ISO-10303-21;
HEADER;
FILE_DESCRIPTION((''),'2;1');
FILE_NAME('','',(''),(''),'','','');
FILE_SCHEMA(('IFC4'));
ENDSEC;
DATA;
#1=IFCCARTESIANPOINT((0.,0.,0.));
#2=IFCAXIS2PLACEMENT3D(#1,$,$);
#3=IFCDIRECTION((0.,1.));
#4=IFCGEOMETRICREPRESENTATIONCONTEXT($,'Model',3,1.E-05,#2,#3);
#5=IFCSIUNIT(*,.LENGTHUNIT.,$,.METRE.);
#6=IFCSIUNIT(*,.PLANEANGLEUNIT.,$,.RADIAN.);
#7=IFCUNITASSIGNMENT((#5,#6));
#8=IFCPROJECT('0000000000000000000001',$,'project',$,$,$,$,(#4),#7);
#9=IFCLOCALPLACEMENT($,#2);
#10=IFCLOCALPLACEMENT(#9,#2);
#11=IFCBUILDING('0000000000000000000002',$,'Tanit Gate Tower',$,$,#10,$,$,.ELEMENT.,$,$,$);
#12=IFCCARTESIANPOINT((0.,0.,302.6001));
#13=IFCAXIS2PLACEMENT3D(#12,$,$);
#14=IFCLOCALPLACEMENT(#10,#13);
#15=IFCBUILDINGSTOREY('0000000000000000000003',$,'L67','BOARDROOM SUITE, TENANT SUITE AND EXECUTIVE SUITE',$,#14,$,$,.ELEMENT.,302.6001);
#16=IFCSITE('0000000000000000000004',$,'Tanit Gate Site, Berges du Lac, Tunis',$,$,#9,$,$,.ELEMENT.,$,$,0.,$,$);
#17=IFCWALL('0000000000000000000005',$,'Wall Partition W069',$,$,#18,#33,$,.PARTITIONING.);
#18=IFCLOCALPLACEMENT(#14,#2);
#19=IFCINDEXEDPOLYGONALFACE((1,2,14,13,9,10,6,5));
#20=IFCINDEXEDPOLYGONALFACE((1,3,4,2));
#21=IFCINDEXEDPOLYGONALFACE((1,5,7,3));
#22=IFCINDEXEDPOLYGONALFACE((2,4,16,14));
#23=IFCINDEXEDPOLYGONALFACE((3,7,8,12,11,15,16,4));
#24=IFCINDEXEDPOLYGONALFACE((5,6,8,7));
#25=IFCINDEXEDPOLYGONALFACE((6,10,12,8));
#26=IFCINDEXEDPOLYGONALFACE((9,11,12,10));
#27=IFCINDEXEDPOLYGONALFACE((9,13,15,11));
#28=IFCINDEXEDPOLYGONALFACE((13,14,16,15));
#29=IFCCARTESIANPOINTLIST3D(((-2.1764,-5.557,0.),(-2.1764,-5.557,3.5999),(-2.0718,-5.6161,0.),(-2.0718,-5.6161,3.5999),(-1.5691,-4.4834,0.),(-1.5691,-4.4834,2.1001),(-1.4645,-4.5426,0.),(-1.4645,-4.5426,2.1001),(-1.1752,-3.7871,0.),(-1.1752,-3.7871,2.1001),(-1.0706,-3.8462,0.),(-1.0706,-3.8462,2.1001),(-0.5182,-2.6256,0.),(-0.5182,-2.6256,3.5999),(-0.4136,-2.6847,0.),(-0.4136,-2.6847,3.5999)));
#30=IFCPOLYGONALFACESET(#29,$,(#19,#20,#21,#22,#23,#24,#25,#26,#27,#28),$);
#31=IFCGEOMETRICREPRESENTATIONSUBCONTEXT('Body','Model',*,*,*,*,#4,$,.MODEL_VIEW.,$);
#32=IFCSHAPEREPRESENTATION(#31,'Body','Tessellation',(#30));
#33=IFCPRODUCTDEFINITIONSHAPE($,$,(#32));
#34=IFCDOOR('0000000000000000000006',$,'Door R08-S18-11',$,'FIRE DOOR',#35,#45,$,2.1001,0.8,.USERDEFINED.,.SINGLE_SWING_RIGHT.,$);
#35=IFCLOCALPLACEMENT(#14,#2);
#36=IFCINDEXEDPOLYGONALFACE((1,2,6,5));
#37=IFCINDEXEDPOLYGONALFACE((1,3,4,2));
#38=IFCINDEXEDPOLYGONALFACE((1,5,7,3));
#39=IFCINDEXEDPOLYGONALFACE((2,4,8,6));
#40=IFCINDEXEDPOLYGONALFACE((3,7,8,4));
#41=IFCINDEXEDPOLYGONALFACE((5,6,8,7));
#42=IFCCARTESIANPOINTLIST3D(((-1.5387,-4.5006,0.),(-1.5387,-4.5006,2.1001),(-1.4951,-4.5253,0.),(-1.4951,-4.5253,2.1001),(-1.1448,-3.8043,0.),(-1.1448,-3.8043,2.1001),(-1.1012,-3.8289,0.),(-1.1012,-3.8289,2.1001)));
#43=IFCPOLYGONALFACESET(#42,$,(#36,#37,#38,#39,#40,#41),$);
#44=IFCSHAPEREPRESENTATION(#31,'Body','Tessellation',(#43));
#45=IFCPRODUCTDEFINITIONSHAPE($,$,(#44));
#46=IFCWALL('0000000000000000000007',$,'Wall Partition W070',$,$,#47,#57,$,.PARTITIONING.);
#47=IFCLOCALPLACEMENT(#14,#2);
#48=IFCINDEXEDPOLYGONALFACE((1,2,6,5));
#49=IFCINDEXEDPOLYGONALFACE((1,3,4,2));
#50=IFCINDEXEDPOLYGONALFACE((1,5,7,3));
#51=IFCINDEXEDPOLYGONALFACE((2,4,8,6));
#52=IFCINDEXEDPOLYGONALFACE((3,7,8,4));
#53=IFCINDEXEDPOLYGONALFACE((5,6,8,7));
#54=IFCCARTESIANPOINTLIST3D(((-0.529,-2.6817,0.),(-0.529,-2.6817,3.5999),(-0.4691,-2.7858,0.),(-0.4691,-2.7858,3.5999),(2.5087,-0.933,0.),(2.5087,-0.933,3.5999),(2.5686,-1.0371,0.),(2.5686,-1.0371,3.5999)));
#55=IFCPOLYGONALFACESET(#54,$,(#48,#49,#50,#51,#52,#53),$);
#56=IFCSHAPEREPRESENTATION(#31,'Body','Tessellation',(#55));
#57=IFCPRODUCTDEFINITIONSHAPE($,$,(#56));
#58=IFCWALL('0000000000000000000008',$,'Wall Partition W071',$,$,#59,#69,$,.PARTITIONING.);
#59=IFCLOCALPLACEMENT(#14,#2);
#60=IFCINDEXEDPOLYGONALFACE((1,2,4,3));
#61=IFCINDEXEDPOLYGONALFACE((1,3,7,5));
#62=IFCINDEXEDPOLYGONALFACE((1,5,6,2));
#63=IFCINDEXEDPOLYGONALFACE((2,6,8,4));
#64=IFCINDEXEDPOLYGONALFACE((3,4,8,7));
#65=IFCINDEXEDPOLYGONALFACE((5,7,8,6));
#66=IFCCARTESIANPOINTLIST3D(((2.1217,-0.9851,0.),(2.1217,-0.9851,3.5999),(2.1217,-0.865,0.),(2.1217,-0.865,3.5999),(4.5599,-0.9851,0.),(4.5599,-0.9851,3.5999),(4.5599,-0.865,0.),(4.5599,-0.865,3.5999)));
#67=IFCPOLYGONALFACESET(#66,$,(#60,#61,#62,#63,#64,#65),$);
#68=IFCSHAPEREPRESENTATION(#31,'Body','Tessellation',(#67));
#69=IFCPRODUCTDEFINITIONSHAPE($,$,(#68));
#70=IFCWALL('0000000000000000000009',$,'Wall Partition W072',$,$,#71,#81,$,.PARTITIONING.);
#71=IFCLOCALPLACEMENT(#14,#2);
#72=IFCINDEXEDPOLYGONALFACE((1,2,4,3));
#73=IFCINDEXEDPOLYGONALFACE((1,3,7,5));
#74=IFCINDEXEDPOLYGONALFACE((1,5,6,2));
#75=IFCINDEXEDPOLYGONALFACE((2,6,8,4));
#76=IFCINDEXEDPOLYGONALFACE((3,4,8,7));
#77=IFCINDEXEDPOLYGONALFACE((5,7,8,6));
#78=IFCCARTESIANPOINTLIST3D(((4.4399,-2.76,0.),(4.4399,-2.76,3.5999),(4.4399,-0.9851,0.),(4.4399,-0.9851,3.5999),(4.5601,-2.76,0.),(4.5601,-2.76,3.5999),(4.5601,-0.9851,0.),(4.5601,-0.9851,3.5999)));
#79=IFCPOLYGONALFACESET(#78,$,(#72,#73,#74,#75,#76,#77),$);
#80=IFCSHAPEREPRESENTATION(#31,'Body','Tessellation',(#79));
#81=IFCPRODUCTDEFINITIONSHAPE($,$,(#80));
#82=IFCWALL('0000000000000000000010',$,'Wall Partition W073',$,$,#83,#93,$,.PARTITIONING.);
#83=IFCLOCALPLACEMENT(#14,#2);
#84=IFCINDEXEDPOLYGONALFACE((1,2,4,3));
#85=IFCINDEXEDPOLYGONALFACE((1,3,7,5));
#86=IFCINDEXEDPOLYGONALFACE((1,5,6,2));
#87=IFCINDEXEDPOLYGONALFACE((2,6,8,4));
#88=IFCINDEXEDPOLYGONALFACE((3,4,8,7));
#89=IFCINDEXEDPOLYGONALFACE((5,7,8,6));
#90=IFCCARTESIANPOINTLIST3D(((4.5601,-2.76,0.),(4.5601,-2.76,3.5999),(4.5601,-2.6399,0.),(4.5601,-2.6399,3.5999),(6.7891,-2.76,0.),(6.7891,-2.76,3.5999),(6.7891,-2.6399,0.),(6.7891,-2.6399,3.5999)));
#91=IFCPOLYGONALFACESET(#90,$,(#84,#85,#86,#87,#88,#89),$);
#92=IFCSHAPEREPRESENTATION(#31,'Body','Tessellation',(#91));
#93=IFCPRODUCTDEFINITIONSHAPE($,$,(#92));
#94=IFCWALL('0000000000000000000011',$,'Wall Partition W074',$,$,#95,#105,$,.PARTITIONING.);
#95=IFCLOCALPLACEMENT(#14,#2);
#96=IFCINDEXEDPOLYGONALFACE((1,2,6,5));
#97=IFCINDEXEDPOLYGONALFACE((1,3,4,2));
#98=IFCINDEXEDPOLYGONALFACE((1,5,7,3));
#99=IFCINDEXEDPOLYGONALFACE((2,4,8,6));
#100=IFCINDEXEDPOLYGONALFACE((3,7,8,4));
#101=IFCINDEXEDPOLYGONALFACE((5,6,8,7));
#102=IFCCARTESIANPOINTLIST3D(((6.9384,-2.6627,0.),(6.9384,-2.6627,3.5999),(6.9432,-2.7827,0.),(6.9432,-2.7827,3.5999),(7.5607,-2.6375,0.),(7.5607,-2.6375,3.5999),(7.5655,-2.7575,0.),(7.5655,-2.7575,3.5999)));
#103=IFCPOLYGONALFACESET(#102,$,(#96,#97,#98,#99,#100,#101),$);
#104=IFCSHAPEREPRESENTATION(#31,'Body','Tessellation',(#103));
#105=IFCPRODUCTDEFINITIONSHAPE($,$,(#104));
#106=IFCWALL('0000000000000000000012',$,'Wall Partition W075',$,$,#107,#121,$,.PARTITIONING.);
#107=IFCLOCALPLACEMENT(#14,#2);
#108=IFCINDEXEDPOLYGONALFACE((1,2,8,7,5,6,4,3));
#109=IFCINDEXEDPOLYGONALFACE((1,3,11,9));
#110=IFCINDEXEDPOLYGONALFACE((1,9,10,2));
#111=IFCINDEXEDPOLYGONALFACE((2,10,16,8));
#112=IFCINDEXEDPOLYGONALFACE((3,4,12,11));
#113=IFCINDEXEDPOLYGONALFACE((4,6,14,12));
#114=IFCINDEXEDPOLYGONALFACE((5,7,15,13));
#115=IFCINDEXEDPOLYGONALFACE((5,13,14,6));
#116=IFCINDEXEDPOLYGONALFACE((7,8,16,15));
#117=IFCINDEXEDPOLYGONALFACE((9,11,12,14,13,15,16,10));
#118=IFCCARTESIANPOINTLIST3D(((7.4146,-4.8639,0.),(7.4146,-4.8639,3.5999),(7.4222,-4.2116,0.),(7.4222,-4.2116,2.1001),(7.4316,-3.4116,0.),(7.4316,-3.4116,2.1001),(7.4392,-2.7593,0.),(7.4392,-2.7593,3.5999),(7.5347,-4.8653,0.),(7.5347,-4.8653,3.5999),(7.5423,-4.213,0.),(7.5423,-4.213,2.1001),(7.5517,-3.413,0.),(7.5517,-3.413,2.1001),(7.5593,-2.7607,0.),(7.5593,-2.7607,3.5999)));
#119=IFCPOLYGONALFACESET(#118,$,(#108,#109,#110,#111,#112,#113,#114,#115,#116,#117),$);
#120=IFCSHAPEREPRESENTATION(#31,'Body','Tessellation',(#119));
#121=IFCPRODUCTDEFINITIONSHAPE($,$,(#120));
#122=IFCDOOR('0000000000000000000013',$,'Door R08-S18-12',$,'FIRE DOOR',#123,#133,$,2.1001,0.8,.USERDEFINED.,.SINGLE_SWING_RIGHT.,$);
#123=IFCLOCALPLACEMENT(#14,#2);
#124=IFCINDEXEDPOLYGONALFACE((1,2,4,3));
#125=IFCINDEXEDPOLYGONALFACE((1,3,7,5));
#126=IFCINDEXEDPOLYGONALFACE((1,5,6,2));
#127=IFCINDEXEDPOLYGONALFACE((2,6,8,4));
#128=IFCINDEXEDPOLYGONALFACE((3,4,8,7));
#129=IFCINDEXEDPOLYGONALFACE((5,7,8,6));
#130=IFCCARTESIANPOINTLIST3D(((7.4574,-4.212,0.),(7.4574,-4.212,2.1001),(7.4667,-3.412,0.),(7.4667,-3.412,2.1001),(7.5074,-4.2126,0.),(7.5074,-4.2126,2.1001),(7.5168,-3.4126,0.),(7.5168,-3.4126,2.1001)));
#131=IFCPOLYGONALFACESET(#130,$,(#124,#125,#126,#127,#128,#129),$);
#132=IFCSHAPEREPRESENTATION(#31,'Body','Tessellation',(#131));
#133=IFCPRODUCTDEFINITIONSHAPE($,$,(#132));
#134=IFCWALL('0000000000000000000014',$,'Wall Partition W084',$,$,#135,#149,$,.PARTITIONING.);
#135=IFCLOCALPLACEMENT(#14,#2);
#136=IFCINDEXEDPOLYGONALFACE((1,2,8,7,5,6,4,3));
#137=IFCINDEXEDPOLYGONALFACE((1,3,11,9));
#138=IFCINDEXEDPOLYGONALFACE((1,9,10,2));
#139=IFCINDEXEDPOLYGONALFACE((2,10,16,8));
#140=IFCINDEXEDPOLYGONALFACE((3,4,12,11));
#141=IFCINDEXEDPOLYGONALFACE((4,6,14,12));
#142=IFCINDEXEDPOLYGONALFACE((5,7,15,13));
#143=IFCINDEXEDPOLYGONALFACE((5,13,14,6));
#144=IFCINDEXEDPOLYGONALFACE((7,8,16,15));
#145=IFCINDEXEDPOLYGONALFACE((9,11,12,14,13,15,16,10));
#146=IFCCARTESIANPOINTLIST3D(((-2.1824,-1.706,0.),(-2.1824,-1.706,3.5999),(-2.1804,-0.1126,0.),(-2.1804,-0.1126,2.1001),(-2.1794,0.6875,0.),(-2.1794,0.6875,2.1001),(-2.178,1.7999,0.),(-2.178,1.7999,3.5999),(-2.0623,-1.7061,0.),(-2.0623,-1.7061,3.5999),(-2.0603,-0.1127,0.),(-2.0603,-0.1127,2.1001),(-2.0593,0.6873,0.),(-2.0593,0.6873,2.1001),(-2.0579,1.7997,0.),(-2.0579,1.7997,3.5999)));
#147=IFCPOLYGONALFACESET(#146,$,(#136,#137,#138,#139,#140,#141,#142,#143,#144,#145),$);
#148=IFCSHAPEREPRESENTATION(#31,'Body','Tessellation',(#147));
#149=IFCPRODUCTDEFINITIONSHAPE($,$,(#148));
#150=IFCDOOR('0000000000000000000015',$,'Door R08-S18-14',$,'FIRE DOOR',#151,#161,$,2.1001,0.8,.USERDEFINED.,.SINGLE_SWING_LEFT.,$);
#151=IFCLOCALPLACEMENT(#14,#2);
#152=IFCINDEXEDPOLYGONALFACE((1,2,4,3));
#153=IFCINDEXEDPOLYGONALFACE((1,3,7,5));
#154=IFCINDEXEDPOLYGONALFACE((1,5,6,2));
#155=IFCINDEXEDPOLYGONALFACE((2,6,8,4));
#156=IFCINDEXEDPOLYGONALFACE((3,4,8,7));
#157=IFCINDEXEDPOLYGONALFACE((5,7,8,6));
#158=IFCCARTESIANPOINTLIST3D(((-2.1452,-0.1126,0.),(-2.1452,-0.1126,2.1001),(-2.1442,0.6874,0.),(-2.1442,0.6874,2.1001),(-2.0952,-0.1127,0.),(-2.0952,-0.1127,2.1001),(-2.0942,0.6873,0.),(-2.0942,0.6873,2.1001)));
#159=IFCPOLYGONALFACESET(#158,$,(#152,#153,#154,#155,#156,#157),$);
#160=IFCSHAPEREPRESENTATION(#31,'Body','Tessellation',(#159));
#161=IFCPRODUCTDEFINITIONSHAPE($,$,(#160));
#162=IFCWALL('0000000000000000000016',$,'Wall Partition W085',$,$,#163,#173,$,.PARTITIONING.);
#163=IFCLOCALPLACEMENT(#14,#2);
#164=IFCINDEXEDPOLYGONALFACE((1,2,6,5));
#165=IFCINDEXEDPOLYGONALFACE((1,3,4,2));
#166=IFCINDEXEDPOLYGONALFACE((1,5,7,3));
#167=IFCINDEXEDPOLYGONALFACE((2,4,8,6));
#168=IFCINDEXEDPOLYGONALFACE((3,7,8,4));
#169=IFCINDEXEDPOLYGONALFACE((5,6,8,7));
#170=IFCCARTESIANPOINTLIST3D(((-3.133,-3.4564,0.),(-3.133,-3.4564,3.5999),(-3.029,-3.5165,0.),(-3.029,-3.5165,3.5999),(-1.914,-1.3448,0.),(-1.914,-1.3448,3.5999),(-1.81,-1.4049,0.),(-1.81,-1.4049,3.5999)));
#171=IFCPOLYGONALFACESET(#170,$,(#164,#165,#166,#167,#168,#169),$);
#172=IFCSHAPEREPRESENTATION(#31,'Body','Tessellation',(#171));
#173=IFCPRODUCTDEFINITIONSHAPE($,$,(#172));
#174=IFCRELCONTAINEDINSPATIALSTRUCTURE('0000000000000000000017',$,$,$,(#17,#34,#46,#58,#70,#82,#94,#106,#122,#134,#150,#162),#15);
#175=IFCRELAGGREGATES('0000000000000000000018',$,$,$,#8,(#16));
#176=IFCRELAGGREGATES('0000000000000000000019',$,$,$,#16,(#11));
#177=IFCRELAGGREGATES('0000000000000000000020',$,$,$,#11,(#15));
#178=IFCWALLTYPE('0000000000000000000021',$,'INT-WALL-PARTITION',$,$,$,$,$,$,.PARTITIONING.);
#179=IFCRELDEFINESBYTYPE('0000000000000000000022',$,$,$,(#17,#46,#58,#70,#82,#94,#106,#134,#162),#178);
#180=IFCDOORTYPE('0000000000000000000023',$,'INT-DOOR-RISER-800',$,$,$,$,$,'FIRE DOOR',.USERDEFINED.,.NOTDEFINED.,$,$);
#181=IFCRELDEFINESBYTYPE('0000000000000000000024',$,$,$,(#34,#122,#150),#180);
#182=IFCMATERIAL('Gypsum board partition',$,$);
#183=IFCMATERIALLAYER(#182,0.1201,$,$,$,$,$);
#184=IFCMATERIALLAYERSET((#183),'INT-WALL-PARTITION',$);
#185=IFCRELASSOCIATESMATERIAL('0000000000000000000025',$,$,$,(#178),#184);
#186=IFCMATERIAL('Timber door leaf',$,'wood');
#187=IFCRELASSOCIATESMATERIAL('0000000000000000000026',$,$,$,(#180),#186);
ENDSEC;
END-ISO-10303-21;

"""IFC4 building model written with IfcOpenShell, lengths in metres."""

from ifc_helpers import new_model, si_unit, direction, frame, frame_2d, origin, place, context, subcontext, project, spatial, rectangle, extrude, material, layer, layer_set, type_object, element, fill, save


model = new_model("IFC4")

# Units and contexts
model_context = context("Model", 3, precision=1e-05, world=origin(), true_north=direction((0.0, 1.0)))
body_context = subcontext(model_context, "Body", "Model", "MODEL_VIEW")
ifc_project = project(units=[si_unit("LENGTHUNIT", "METRE"), si_unit("PLANEANGLEUNIT", "RADIAN")], contexts=[model_context])

# Site, building, storey
site_placement = place(None, origin())
site = spatial("IfcSite", under=ifc_project, at=site_placement, Name="Tanit Gate Site, Berges du Lac, Tunis", CompositionType="ELEMENT", RefElevation=0.0)
building_placement = place(site_placement, origin())
building = spatial("IfcBuilding", under=site, at=building_placement, Name="Tanit Gate Tower", CompositionType="ELEMENT")
storey_placement = place(building_placement, frame((0.0, 0.0, 302.6001)))
storey = spatial("IfcBuildingStorey", under=building, at=storey_placement, Name="L67", Description="BOARDROOM SUITE, TENANT SUITE AND EXECUTIVE SUITE", CompositionType="ELEMENT", Elevation=302.6001)

# Shared definitions
ifc_material_1 = material(Name="Gypsum board partition")
ifc_layer_1 = layer(ifc_material_1, 0.1201)
ifc_layer_set_1 = layer_set([ifc_layer_1], Name="INT-WALL-PARTITION")
wall_type_1 = type_object("IfcWallType", Name="INT-WALL-PARTITION", PredefinedType="PARTITIONING", material=ifc_layer_set_1)

# Wall, opening, door
wall_1_placement = place(storey_placement, frame((-0.4658, -2.655, 0.0), z_axis=(0.0, 0.0, 1.0), x_axis=(-0.492356, -0.870394, 0.0)))
wall_1 = element("IfcWall", 1, at=wall_1_placement, inside=storey, type_object=wall_type_1, Name="Wall Partition W069", PredefinedType="PARTITIONING", context=body_context, shape_type="SweptSolid", body=[
    extrude(rectangle(XDim=3.3679, YDim=0.1201, at=frame_2d((1.6841, 0.0))), origin(), (0.0, 0.0, 1.0), 3.5999),
])
opening_1_placement = place(wall_1_placement, frame((1.3347, 0.0, 0.0)))
opening_1 = element("IfcOpeningElement", 2, at=opening_1_placement, cuts=wall_1, PredefinedType="OPENING", context=body_context, shape_type="SweptSolid", body=[
    extrude(rectangle(XDim=0.8, YDim=2.1001, at=frame_2d((0.3999, 1.05))), frame((0.0, 0.0701, 0.0), z_axis=(0.0, -1.0, 0.0), x_axis=(1.0, 0.0, 0.0)), (0.0, 0.0, 1.0), 0.1401),
])
ifc_material_2 = material(Name="Timber door leaf", Category="wood")
door_type = type_object("IfcDoorType", Name="INT-DOOR-RISER-800", ElementType="FIRE DOOR", OperationType="NOTDEFINED", PredefinedType="USERDEFINED", material=ifc_material_2)
door_1_placement = place(opening_1_placement, origin())
door_1 = element("IfcDoor", 3, at=door_1_placement, inside=storey, type_object=door_type, Name="Door R08-S18-11", ObjectType="FIRE DOOR", OperationType="SINGLE_SWING_RIGHT", OverallHeight=2.1001, OverallWidth=0.8, PredefinedType="USERDEFINED", context=body_context, shape_type="SweptSolid", body=[
    extrude(rectangle(XDim=0.8, YDim=2.1001, at=frame_2d((0.3999, 1.05))), frame((0.0, 0.0249, 0.0), z_axis=(0.0, -1.0, 0.0), x_axis=(1.0, 0.0, 0.0)), (0.0, 0.0, 1.0), 0.05),
])
fill(opening_1, door_1)

# Walls
wall_2_placement = place(storey_placement, frame((2.5386, -0.9851, 0.0), z_axis=(0.0, 0.0, 1.0), x_axis=(-0.866657, -0.498904, 0.0)))
element("IfcWall", 4, at=wall_2_placement, inside=storey, type_object=wall_type_1, Name="Wall Partition W070", PredefinedType="PARTITIONING", context=body_context, shape_type="SweptSolid", body=[
    extrude(rectangle(XDim=3.5051, YDim=0.1201, at=frame_2d((1.7524, 0.0))), origin(), (0.0, 0.0, 1.0), 3.5999),
])
wall_3_placement = place(storey_placement, frame((4.5601, -0.925, 0.0), z_axis=(0.0, 0.0, 1.0), x_axis=(-1.0, 0.0, 0.0)))
element("IfcWall", 5, at=wall_3_placement, inside=storey, type_object=wall_type_1, Name="Wall Partition W071", PredefinedType="PARTITIONING", context=body_context, shape_type="SweptSolid", body=[
    extrude(rectangle(XDim=2.4382, YDim=0.1201, at=frame_2d((1.2192, 0.0))), origin(), (0.0, 0.0, 1.0), 3.5999),
])
wall_4_placement = place(storey_placement, frame((4.5, -2.76, 0.0), z_axis=(0.0, 0.0, 1.0), x_axis=(0.0, 1.0, 0.0)))
element("IfcWall", 6, at=wall_4_placement, inside=storey, type_object=wall_type_1, Name="Wall Partition W072", PredefinedType="PARTITIONING", context=body_context, shape_type="SweptSolid", body=[
    extrude(rectangle(XDim=1.7749, YDim=0.1201, at=frame_2d((0.8875, 0.0))), origin(), (0.0, 0.0, 1.0), 3.5999),
])
wall_5_placement = place(storey_placement, frame((6.7891, -2.7, 0.0), z_axis=(0.0, 0.0, 1.0), x_axis=(-1.0, 0.0, 0.0)))
element("IfcWall", 7, at=wall_5_placement, inside=storey, type_object=wall_type_1, Name="Wall Partition W073", PredefinedType="PARTITIONING", context=body_context, shape_type="SweptSolid", body=[
    extrude(rectangle(XDim=2.229, YDim=0.1201, at=frame_2d((1.1145, 0.0))), origin(), (0.0, 0.0, 1.0), 3.5999),
])
wall_6_placement = place(storey_placement, frame((7.5632, -2.6975, 0.0), z_axis=(0.0, 0.0, 1.0), x_axis=(-0.999185, -0.040375, 0.0)))
element("IfcWall", 8, at=wall_6_placement, inside=storey, type_object=wall_type_1, Name="Wall Partition W074", PredefinedType="PARTITIONING", context=body_context, shape_type="SweptSolid", body=[
    extrude(rectangle(XDim=0.6228, YDim=0.1201, at=frame_2d((0.3115, 0.0))), origin(), (0.0, 0.0, 1.0), 3.5999),
])

# Walls, openings, doors
wall_7_placement = place(storey_placement, frame((7.4746, -4.8645, 0.0), z_axis=(0.0, 0.0, 1.0), x_axis=(0.011716, 0.999931, 0.0)))
wall_7 = element("IfcWall", 9, at=wall_7_placement, inside=storey, type_object=wall_type_1, Name="Wall Partition W075", PredefinedType="PARTITIONING", context=body_context, shape_type="SweptSolid", body=[
    extrude(rectangle(XDim=2.1047, YDim=0.1201, at=frame_2d((1.0522, 0.0))), origin(), (0.0, 0.0, 1.0), 3.5999),
])
opening_2_placement = place(wall_7_placement, frame((0.6523, 0.0, 0.0)))
opening_2 = element("IfcOpeningElement", 10, at=opening_2_placement, cuts=wall_7, PredefinedType="OPENING", context=body_context, shape_type="SweptSolid", body=[
    extrude(rectangle(XDim=0.8, YDim=2.1001, at=frame_2d((0.3999, 1.05))), frame((0.0, 0.0701, 0.0), z_axis=(0.0, -1.0, 0.0), x_axis=(1.0, 0.0, 0.0)), (0.0, 0.0, 1.0), 0.1401),
])
door_2_placement = place(opening_2_placement, origin())
door_2 = element("IfcDoor", 11, at=door_2_placement, inside=storey, type_object=door_type, Name="Door R08-S18-12", ObjectType="FIRE DOOR", OperationType="SINGLE_SWING_RIGHT", OverallHeight=2.1001, OverallWidth=0.8, PredefinedType="USERDEFINED", context=body_context, shape_type="SweptSolid", body=[
    extrude(rectangle(XDim=0.8, YDim=2.1001, at=frame_2d((0.3999, 1.05))), frame((0.0, 0.0249, 0.0), z_axis=(0.0, -1.0, 0.0), x_axis=(1.0, 0.0, 0.0)), (0.0, 0.0, 1.0), 0.05),
])
fill(opening_2, door_2)
wall_8_placement = place(storey_placement, frame((-2.1223, -1.7061, 0.0), z_axis=(0.0, 0.0, 1.0), x_axis=(0.001253, 0.999999, 0.0)))
wall_8 = element("IfcWall", 12, at=wall_8_placement, inside=storey, type_object=wall_type_1, Name="Wall Partition W084", PredefinedType="PARTITIONING", context=body_context, shape_type="SweptSolid", body=[
    extrude(rectangle(XDim=3.5059, YDim=0.1201, at=frame_2d((1.7529, 0.0))), origin(), (0.0, 0.0, 1.0), 3.5999),
])
opening_3_placement = place(wall_8_placement, frame((1.5935, 0.0, 0.0)))
opening_3 = element("IfcOpeningElement", 13, at=opening_3_placement, cuts=wall_8, PredefinedType="OPENING", context=body_context, shape_type="SweptSolid", body=[
    extrude(rectangle(XDim=0.8, YDim=2.1001, at=frame_2d((0.3999, 1.05))), frame((0.0, 0.0701, 0.0), z_axis=(0.0, -1.0, 0.0), x_axis=(1.0, 0.0, 0.0)), (0.0, 0.0, 1.0), 0.1401),
])
door_3_placement = place(opening_3_placement, origin())
door_3 = element("IfcDoor", 14, at=door_3_placement, inside=storey, type_object=door_type, Name="Door R08-S18-14", ObjectType="FIRE DOOR", OperationType="SINGLE_SWING_LEFT", OverallHeight=2.1001, OverallWidth=0.8, PredefinedType="USERDEFINED", context=body_context, shape_type="SweptSolid", body=[
    extrude(rectangle(XDim=0.8, YDim=2.1001, at=frame_2d((0.3999, 1.05))), frame((0.0, 0.0249, 0.0), z_axis=(0.0, -1.0, 0.0), x_axis=(1.0, 0.0, 0.0)), (0.0, 0.0, 1.0), 0.05),
])
fill(opening_3, door_3)

# Wall
wall_9_placement = place(storey_placement, frame((-3.0811, -3.4866, 0.0), z_axis=(0.0, 0.0, 1.0), x_axis=(0.499962, 0.866047, 0.0)))
element("IfcWall", 15, at=wall_9_placement, inside=storey, type_object=wall_type_1, Name="Wall Partition W085", PredefinedType="PARTITIONING", context=body_context, shape_type="SweptSolid", body=[
    extrude(rectangle(XDim=2.4382, YDim=0.1201, at=frame_2d((1.2192, 0.0))), origin(), (0.0, 0.0, 1.0), 3.5999),
])

save(model, "model.ifc")
